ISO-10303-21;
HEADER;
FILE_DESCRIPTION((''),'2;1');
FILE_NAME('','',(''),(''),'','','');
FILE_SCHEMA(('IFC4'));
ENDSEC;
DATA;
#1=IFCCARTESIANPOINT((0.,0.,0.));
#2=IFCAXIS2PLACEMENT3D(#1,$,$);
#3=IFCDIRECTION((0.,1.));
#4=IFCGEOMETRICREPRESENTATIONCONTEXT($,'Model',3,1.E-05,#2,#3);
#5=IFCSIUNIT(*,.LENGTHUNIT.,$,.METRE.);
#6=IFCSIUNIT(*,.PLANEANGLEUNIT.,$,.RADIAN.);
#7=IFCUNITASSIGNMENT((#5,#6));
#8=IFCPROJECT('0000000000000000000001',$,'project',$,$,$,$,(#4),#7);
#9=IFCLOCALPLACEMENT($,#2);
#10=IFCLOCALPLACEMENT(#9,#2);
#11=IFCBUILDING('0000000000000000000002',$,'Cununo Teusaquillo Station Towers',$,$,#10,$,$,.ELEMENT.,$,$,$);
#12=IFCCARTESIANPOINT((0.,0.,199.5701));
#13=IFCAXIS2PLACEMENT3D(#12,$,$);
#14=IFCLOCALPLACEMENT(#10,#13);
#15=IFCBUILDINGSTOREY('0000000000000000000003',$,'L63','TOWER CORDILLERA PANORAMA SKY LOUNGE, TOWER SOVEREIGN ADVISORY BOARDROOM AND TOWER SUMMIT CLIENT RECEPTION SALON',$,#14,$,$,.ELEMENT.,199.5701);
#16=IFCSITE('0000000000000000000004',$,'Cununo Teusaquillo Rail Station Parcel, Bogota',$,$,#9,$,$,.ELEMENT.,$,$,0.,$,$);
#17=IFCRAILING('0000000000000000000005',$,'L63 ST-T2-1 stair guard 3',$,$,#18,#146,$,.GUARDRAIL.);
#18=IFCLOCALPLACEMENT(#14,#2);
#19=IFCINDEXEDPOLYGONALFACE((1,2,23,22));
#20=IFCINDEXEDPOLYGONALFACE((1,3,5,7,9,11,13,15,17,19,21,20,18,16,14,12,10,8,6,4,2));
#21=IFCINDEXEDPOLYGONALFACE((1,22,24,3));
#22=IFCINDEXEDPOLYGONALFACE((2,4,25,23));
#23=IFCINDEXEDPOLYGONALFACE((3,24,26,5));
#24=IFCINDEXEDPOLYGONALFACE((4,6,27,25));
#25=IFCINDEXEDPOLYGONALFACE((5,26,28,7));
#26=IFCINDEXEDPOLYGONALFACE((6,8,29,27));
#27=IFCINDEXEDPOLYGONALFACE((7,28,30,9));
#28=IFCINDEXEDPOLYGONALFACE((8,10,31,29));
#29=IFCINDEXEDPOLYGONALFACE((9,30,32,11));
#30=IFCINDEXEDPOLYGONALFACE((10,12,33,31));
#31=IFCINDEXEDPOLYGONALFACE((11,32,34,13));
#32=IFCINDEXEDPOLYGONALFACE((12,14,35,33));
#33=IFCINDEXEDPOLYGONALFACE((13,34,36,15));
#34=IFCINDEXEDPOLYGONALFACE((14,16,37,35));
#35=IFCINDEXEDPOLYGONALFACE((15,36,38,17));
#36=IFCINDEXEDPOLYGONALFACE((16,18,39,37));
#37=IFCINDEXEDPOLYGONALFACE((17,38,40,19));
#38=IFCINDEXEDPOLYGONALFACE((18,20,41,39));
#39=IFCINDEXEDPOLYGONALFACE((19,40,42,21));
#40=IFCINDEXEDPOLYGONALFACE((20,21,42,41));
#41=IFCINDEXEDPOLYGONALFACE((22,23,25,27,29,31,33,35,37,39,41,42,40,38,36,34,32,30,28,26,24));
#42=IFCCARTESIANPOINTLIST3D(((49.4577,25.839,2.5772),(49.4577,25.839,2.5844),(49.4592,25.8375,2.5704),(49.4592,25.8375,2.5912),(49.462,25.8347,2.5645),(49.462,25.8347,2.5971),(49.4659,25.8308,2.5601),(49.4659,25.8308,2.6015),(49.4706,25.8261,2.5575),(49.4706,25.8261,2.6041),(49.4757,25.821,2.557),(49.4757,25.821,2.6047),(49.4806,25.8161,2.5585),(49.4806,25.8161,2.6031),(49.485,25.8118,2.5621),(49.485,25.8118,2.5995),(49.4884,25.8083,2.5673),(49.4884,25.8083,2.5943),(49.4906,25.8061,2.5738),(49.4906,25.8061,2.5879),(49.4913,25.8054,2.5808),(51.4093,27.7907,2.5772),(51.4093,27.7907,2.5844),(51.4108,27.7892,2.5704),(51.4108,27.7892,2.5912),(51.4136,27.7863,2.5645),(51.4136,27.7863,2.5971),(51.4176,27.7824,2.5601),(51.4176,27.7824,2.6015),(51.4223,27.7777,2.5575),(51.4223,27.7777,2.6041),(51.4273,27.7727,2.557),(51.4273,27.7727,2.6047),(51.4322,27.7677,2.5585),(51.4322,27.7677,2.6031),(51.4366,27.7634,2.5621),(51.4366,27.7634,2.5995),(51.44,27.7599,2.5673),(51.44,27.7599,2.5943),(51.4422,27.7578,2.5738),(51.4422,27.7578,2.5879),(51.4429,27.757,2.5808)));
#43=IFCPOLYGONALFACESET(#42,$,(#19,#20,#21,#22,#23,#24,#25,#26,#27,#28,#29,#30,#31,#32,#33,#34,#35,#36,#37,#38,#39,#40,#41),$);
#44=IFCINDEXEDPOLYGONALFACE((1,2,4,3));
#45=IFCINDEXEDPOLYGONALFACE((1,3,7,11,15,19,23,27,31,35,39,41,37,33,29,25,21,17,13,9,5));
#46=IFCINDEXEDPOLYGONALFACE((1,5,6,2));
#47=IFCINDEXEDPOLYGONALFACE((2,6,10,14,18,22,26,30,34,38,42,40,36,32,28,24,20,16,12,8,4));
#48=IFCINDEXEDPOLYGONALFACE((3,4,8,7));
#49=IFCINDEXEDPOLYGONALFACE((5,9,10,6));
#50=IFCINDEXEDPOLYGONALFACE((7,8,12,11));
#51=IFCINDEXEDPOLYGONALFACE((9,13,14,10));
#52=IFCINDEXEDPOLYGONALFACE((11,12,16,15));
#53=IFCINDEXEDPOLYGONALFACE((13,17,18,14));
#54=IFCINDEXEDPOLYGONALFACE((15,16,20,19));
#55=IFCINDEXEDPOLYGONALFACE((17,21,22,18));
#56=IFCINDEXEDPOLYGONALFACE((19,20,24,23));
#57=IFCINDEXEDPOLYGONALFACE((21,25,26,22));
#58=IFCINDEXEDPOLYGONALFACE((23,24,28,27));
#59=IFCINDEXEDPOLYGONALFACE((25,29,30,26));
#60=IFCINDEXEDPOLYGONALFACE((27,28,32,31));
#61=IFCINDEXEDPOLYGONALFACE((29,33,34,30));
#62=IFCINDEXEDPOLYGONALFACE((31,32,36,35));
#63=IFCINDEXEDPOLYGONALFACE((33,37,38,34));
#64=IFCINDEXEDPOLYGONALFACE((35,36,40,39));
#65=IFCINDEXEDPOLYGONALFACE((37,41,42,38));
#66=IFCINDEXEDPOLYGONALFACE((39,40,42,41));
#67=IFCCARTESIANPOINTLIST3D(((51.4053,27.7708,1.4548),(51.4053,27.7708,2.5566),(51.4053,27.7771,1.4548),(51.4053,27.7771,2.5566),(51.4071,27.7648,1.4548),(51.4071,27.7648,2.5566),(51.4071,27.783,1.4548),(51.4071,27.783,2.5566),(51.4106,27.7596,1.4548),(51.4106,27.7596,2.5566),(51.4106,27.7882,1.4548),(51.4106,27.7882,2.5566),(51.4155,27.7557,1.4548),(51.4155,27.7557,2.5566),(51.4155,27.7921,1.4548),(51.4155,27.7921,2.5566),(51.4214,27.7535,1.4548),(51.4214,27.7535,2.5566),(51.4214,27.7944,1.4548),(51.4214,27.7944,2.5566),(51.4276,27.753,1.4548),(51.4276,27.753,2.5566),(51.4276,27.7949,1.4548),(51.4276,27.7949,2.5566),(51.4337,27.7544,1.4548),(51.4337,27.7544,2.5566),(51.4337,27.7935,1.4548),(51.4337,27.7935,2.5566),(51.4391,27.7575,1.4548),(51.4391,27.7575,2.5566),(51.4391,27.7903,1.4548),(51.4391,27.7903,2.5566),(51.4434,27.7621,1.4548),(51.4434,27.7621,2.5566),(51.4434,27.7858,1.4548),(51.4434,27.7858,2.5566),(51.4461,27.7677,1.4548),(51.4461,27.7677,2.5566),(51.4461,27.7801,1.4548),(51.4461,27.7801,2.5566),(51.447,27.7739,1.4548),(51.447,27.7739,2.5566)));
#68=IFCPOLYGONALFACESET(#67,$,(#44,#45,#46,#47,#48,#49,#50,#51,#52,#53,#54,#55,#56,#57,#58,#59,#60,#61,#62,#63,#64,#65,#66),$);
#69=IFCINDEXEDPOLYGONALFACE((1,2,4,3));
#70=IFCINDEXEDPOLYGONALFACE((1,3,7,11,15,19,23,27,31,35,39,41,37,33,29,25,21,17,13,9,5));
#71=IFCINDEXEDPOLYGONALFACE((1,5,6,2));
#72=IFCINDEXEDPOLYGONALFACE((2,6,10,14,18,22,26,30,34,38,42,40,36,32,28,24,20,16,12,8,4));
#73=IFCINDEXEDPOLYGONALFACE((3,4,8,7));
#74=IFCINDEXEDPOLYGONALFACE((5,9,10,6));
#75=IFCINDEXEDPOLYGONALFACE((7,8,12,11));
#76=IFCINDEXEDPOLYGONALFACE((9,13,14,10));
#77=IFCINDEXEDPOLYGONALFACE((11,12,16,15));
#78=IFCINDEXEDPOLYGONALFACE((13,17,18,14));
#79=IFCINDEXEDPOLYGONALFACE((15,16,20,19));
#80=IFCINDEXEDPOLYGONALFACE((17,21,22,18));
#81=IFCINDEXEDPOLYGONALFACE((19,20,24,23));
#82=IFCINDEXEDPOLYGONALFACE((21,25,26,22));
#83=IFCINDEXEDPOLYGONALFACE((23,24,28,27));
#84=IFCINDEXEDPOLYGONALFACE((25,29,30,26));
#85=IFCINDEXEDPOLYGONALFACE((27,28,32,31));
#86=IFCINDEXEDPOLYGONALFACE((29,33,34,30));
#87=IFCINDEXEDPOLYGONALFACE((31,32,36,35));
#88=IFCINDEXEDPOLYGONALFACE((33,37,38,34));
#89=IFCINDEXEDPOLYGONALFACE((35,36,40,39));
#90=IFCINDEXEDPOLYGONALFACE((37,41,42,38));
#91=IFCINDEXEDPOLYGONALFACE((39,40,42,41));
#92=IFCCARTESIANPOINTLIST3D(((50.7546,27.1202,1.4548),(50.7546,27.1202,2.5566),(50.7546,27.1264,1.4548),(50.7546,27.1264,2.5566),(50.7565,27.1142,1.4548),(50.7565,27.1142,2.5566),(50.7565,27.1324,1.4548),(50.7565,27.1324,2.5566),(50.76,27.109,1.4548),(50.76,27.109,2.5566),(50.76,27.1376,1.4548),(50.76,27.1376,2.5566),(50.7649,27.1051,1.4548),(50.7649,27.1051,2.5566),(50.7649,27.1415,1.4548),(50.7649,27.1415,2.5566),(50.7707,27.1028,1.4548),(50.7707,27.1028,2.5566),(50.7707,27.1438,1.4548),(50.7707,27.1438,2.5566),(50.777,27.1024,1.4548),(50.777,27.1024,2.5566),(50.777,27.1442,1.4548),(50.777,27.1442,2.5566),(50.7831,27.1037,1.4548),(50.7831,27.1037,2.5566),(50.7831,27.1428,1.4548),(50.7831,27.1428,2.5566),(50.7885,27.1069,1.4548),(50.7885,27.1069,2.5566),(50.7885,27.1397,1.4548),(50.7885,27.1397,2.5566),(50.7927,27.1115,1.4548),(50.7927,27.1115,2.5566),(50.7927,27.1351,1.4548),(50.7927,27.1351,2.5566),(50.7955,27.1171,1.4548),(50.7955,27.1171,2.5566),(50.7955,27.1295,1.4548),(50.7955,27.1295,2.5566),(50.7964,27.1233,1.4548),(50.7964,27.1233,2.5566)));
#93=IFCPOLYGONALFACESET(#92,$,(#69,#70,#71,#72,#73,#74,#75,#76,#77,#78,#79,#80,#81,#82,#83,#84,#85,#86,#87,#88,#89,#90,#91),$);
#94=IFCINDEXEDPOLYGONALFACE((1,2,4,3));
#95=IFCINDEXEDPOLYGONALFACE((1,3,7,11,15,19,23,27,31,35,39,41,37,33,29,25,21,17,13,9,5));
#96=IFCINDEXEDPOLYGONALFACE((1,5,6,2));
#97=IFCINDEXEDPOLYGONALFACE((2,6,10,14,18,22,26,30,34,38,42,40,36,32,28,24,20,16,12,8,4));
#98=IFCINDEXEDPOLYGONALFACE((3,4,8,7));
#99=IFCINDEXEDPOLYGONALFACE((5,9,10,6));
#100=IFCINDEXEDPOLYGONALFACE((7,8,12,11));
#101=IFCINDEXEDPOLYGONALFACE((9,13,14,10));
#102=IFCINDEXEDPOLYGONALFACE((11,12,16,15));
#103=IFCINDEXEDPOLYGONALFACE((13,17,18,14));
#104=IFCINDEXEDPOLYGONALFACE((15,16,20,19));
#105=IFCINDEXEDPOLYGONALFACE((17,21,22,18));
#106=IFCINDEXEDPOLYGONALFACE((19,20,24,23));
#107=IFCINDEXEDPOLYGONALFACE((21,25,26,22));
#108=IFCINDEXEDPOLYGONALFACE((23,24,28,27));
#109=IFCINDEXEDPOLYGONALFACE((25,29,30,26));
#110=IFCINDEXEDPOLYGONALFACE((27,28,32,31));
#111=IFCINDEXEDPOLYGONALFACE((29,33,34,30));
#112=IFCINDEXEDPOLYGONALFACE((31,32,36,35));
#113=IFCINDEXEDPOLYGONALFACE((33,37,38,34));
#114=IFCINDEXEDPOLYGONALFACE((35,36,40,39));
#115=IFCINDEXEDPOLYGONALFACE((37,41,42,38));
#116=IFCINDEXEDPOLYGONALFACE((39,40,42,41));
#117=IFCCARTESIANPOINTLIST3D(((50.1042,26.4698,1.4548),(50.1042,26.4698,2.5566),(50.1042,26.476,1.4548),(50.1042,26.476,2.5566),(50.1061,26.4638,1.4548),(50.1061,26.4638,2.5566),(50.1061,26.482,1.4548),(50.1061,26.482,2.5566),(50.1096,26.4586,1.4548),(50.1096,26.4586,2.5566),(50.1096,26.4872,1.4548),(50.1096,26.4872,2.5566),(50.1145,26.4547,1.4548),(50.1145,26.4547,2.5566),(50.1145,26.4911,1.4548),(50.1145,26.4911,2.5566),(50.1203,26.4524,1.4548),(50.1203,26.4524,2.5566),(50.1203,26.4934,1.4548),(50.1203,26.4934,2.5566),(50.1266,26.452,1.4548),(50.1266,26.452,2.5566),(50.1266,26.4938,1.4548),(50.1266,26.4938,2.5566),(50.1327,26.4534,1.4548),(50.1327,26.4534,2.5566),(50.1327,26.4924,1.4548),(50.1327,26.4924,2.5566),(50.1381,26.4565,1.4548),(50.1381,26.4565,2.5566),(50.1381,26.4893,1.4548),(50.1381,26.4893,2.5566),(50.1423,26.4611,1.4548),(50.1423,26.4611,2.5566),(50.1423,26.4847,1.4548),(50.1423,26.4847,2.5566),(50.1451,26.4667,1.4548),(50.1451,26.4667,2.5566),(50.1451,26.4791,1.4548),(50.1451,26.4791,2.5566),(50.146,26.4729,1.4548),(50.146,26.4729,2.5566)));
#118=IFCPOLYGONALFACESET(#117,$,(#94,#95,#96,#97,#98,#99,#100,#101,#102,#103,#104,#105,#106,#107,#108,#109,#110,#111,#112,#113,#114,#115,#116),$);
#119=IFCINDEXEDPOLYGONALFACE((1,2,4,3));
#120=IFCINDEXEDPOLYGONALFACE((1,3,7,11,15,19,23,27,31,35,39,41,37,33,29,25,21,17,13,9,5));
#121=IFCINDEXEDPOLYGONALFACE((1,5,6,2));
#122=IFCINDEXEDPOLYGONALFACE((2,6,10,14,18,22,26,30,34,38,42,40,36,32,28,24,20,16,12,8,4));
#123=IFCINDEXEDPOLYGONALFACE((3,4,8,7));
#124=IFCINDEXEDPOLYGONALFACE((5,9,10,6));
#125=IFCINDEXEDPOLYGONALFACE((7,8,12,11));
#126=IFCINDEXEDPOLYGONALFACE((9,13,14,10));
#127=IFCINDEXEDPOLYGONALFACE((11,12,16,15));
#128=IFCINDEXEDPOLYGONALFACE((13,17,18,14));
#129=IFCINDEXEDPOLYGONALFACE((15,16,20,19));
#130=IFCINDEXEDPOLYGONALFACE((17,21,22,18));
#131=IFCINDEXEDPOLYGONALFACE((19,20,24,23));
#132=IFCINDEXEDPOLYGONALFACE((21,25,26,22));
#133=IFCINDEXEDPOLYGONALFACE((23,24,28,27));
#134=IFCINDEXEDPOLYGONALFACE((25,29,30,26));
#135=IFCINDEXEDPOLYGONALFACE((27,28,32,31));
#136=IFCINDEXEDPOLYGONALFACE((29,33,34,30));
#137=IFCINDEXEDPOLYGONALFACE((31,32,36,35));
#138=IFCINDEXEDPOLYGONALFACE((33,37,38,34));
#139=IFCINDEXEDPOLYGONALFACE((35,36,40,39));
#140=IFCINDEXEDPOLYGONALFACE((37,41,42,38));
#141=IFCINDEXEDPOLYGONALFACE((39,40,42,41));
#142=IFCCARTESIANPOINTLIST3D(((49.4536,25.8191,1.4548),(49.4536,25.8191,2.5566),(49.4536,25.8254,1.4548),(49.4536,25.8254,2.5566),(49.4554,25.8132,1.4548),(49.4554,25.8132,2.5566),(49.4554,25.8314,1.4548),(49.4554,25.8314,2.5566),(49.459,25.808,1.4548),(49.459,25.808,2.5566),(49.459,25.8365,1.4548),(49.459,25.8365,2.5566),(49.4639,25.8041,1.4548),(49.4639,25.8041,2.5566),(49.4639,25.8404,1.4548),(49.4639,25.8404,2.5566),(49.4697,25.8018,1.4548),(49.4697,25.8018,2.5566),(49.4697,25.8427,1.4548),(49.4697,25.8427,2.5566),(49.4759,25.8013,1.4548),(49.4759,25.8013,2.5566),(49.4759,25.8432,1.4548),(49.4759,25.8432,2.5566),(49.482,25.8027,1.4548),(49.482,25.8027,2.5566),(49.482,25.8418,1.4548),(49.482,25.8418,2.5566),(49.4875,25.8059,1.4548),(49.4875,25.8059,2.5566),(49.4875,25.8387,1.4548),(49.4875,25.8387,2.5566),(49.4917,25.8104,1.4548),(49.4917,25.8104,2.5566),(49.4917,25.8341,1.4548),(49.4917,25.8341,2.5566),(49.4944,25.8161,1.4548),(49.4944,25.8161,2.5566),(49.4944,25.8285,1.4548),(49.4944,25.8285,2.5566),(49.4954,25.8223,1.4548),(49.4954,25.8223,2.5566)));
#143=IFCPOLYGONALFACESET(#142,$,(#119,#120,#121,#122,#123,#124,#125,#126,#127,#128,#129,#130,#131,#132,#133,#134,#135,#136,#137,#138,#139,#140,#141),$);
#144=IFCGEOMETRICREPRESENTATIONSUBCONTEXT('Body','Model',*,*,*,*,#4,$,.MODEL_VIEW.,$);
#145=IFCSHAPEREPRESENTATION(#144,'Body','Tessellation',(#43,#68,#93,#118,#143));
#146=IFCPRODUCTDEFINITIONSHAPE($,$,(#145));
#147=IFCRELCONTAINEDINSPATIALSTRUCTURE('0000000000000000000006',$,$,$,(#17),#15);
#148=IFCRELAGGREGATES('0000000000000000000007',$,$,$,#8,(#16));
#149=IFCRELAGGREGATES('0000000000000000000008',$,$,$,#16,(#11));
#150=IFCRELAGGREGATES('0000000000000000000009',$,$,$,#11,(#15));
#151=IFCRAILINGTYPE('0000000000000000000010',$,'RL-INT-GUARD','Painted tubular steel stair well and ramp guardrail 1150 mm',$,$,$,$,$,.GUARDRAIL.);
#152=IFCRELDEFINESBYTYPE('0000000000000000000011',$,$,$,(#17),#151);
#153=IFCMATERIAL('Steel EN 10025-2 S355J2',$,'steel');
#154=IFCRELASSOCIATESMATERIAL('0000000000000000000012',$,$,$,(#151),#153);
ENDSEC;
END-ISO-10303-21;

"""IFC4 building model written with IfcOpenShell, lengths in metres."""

from ifc_helpers import new_model, si_unit, direction, frame, origin, origin_2d, place, context, subcontext, project, spatial, circle, extrude, material, type_object, element, save


model = new_model("IFC4")

# Units and contexts
model_context = context("Model", 3, precision=1e-05, world=origin(), true_north=direction((0.0, 1.0)))
body_context = subcontext(model_context, "Body", "Model", "MODEL_VIEW")
ifc_project = project(units=[si_unit("LENGTHUNIT", "METRE"), si_unit("PLANEANGLEUNIT", "RADIAN")], contexts=[model_context])

# Site, building, storey
site_placement = place(None, origin())
site = spatial("IfcSite", under=ifc_project, at=site_placement, Name="Cununo Teusaquillo Rail Station Parcel, Bogota", CompositionType="ELEMENT", RefElevation=0.0)
building_placement = place(site_placement, origin())
building = spatial("IfcBuilding", under=site, at=building_placement, Name="Cununo Teusaquillo Station Towers", CompositionType="ELEMENT")
storey_placement = place(building_placement, frame((0.0, 0.0, 199.5701)))
storey = spatial("IfcBuildingStorey", under=building, at=storey_placement, Name="L63", Description="TOWER CORDILLERA PANORAMA SKY LOUNGE, TOWER SOVEREIGN ADVISORY BOARDROOM AND TOWER SUMMIT CLIENT RECEPTION SALON", CompositionType="ELEMENT", Elevation=199.5701)

# Railing
ifc_material_1 = material(Name="Steel EN 10025-2 S355J2", Category="steel")
railing_type_1 = type_object("IfcRailingType", Name="RL-INT-GUARD", Description="Painted tubular steel stair well and ramp guardrail 1150 mm", PredefinedType="GUARDRAIL", material=ifc_material_1)
railing_1_placement = place(storey_placement, frame((51.426, 27.7739, 1.4548)))
element("IfcRailing", 1, at=railing_1_placement, inside=storey, type_object=railing_type_1, Name="L63 ST-T2-1 stair guard 3", PredefinedType="GUARDRAIL", context=body_context, shape_type="SweptSolid", body=[
    extrude(circle(Radius=0.0239, at=origin_2d()), frame((0.0, 0.0, 1.126), z_axis=(-0.707107, -0.707107, 0.0), x_axis=(0.707107, -0.707107, 0.0)), (0.0, 0.0, 1.0), 2.76),
    extrude(circle(Radius=0.021, at=origin_2d()), origin(), (0.0, 0.0, 1.0), 1.1018),
    extrude(circle(Radius=0.021, at=origin_2d()), frame((-0.6506, -0.6506, 0.0)), (0.0, 0.0, 1.0), 1.1018),
    extrude(circle(Radius=0.021, at=origin_2d()), frame((-1.301, -1.301, 0.0)), (0.0, 0.0, 1.0), 1.1018),
    extrude(circle(Radius=0.021, at=origin_2d()), frame((-1.9517, -1.9517, 0.0)), (0.0, 0.0, 1.0), 1.1018),
])

save(model, "model.ifc")
